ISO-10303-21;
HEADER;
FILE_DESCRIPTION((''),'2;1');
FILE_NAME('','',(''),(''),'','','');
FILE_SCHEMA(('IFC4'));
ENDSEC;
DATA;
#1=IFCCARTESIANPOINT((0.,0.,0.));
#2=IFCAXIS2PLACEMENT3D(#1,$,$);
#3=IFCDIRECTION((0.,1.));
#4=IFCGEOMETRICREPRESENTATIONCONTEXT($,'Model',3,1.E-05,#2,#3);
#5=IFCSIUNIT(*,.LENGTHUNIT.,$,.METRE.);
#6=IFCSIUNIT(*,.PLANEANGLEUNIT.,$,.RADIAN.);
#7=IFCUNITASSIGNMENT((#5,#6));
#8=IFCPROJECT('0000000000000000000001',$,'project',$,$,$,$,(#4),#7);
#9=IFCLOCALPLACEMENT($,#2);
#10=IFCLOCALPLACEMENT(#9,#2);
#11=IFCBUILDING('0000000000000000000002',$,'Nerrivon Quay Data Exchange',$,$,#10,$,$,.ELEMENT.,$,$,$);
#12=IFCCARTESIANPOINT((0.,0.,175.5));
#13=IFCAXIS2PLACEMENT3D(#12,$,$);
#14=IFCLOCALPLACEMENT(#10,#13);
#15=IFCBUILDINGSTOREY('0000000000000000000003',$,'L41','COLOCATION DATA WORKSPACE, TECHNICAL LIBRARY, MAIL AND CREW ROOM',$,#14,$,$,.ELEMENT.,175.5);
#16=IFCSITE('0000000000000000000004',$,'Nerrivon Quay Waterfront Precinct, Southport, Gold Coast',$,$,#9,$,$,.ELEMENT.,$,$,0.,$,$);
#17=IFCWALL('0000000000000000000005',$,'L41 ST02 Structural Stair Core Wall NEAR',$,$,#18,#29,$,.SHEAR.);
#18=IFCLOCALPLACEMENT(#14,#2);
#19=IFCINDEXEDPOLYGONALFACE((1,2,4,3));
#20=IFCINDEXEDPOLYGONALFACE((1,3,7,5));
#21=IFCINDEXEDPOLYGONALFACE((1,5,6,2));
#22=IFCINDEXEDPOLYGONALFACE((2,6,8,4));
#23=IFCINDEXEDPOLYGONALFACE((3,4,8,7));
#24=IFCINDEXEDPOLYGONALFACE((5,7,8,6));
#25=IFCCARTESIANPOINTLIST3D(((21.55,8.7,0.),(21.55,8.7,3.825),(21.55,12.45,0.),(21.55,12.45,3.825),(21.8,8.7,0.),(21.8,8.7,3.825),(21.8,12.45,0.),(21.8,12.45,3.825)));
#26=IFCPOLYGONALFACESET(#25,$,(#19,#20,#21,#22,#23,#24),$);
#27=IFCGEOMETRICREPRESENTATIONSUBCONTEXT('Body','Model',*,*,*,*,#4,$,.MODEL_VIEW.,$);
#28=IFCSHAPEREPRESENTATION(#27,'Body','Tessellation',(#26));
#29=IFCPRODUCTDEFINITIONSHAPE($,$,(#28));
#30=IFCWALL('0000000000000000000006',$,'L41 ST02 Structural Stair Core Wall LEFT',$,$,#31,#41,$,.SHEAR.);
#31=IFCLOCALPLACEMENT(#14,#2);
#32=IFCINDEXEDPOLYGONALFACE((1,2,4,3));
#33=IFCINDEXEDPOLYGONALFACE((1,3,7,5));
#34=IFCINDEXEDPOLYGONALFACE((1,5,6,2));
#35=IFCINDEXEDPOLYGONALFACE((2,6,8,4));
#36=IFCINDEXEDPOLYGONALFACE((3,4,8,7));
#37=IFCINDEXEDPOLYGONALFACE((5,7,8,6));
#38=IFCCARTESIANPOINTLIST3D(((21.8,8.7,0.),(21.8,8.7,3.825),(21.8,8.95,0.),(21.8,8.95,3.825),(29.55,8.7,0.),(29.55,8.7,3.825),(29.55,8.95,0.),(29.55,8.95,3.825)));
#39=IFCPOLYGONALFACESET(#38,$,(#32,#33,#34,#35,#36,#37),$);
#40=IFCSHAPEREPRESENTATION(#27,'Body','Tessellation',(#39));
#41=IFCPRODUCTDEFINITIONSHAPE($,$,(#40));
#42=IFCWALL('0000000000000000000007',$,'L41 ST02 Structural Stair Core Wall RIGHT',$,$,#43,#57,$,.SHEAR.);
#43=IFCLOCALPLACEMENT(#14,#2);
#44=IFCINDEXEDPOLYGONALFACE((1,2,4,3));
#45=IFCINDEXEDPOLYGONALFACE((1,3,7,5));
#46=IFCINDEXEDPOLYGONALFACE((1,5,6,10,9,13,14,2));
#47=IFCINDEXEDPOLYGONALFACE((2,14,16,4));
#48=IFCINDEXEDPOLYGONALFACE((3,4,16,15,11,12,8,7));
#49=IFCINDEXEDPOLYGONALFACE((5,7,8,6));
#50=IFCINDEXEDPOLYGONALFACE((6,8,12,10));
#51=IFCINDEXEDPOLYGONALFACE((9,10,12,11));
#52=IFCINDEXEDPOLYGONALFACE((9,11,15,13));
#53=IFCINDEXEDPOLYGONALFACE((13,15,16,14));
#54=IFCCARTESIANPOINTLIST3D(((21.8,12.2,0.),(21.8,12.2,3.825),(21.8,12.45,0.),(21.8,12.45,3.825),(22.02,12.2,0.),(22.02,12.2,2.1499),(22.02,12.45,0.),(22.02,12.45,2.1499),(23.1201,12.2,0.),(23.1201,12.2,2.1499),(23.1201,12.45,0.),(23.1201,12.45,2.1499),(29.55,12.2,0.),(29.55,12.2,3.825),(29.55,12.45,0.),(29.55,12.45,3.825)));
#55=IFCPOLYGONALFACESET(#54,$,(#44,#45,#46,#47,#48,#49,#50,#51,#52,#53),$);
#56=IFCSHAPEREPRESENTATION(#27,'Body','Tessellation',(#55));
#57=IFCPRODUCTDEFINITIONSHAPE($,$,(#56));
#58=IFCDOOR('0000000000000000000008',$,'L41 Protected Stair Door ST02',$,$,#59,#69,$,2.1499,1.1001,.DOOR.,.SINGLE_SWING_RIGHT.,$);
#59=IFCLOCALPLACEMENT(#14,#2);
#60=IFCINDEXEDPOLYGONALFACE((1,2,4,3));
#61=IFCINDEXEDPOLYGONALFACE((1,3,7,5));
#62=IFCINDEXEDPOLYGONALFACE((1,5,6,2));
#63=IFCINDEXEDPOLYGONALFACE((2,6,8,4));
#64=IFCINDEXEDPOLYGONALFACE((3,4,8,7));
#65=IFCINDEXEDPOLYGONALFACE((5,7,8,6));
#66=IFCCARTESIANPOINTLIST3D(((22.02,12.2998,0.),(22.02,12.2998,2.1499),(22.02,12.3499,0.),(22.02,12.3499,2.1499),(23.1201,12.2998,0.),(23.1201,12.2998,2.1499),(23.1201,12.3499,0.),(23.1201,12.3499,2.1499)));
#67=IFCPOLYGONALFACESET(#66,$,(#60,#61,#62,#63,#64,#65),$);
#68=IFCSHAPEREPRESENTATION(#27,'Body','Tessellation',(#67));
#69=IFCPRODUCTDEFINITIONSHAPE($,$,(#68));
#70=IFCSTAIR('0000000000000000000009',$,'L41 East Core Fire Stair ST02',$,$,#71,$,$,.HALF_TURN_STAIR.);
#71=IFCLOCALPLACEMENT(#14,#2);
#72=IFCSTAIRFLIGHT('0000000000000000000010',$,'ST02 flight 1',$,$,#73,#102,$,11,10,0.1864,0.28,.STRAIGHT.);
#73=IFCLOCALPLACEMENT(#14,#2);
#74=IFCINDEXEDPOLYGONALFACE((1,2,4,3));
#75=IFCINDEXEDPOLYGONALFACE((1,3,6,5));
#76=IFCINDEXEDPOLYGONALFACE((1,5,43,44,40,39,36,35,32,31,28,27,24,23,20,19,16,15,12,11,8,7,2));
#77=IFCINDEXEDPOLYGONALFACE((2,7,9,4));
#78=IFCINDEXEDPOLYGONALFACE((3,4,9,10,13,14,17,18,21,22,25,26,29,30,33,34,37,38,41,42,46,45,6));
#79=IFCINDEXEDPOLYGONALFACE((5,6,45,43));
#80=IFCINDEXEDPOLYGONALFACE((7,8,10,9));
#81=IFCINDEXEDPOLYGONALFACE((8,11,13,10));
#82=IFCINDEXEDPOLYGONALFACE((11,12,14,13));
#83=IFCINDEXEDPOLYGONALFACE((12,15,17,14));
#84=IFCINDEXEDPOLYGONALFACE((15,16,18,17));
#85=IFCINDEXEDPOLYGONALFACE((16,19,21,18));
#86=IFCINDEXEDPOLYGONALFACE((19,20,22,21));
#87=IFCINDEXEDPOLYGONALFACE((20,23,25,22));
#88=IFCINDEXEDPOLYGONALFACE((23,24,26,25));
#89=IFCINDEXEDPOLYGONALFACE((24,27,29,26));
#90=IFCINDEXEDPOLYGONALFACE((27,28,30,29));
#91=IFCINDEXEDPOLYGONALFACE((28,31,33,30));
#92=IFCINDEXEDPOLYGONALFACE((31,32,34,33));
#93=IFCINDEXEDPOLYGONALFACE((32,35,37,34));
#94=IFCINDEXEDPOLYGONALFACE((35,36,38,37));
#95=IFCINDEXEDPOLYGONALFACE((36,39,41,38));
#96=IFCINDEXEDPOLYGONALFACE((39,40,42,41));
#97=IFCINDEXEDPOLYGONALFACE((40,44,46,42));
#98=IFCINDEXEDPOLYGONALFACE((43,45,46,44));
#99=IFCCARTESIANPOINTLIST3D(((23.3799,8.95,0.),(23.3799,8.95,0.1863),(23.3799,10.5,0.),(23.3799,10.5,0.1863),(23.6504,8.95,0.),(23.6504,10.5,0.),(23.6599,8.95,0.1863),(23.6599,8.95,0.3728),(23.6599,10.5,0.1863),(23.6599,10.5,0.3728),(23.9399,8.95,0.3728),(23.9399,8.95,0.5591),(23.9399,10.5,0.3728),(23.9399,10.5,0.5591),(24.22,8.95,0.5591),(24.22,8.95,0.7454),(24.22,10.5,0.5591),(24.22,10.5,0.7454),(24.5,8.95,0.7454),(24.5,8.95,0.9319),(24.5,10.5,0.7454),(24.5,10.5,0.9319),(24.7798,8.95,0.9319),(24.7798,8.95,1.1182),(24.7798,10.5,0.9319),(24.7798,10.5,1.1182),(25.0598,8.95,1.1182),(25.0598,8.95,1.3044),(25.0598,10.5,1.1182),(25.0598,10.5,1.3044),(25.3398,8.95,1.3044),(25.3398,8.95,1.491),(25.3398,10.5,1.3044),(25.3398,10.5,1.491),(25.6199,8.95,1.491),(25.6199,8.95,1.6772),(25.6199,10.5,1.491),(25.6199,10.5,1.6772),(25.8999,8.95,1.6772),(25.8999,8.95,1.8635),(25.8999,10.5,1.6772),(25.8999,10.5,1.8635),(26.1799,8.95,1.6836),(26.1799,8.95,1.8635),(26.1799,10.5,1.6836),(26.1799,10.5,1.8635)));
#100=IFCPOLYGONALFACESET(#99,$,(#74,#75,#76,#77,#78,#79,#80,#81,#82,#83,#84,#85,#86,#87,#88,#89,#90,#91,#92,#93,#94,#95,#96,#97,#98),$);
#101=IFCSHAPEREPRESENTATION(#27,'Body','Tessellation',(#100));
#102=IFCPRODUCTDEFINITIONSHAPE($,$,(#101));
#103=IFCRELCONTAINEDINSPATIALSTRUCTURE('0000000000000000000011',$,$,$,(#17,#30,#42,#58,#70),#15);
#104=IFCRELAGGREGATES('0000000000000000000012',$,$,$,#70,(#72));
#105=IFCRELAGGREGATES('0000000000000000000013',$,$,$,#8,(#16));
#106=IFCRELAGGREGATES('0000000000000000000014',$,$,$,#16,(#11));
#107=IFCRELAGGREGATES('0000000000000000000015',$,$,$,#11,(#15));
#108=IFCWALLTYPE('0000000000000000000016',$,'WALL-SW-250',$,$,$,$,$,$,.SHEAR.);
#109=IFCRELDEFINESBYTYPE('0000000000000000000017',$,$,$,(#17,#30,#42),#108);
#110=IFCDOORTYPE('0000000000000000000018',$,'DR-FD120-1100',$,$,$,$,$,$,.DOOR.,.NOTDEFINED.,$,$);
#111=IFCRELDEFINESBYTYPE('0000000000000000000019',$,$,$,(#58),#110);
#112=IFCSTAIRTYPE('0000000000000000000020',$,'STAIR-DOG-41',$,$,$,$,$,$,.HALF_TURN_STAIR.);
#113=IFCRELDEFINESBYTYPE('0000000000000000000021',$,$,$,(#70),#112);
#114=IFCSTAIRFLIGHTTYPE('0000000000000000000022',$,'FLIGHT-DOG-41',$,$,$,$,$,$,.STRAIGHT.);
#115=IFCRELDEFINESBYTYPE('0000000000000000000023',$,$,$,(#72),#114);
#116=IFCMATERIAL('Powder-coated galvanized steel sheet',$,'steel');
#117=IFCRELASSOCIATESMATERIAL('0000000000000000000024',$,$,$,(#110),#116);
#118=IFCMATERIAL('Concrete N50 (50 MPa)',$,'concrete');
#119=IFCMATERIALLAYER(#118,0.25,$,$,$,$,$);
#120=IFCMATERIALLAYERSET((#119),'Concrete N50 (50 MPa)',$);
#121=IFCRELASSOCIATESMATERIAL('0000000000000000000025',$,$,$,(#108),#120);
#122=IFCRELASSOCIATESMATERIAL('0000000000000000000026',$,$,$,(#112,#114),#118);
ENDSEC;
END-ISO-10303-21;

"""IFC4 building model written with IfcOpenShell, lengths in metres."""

from ifc_helpers import new_model, si_unit, direction, frame, frame_2d, origin, place, context, subcontext, project, spatial, polyline, rectangle, outline, extrude, material, layer, layer_set, type_object, element, fill, aggregate, save


model = new_model("IFC4")

# Units and contexts
model_context = context("Model", 3, precision=1e-05, world=origin(), true_north=direction((0.0, 1.0)))
body_context = subcontext(model_context, "Body", "Model", "MODEL_VIEW")
ifc_project = project(units=[si_unit("LENGTHUNIT", "METRE"), si_unit("PLANEANGLEUNIT", "RADIAN")], contexts=[model_context])

# Site, building, storey
site_placement = place(None, origin())
site = spatial("IfcSite", under=ifc_project, at=site_placement, Name="Nerrivon Quay Waterfront Precinct, Southport, Gold Coast", CompositionType="ELEMENT", RefElevation=0.0)
building_placement = place(site_placement, origin())
building = spatial("IfcBuilding", under=site, at=building_placement, Name="Nerrivon Quay Data Exchange", CompositionType="ELEMENT")
storey_placement = place(building_placement, frame((0.0, 0.0, 175.5)))
storey = spatial("IfcBuildingStorey", under=building, at=storey_placement, Name="L41", Description="COLOCATION DATA WORKSPACE, TECHNICAL LIBRARY, MAIL AND CREW ROOM", CompositionType="ELEMENT", Elevation=175.5)

# Shared definitions
ifc_material_1 = material(Name="Concrete N50 (50 MPa)", Category="concrete")

# Shared definitions
ifc_material_2 = material(Name="Powder-coated galvanized steel sheet", Category="steel")
door_type_1 = type_object("IfcDoorType", Name="DR-FD120-1100", OperationType="NOTDEFINED", PredefinedType="DOOR", material=ifc_material_2)

# Walls
ifc_layer_1 = layer(ifc_material_1, 0.25)
ifc_layer_set_1 = layer_set([ifc_layer_1], Name="Concrete N50 (50 MPa)")
wall_type_1 = type_object("IfcWallType", Name="WALL-SW-250", PredefinedType="SHEAR", material=ifc_layer_set_1)
wall_1_placement = place(storey_placement, frame((21.675, 8.7, 0.0), z_axis=(0.0, 0.0, 1.0), x_axis=(0.0, 1.0, 0.0)))
element("IfcWall", 1, at=wall_1_placement, inside=storey, type_object=wall_type_1, Name="L41 ST02 Structural Stair Core Wall NEAR", PredefinedType="SHEAR", context=body_context, shape_type="SweptSolid", body=[
    extrude(rectangle(XDim=3.75, YDim=0.25, at=frame_2d((1.875, 0.0))), origin(), (0.0, 0.0, 1.0), 3.825),
])
wall_2_placement = place(storey_placement, frame((21.8, 8.825, 0.0), z_axis=(0.0, 0.0, 1.0), x_axis=(1.0, 0.0, 0.0)))
element("IfcWall", 2, at=wall_2_placement, inside=storey, type_object=wall_type_1, Name="L41 ST02 Structural Stair Core Wall LEFT", PredefinedType="SHEAR", context=body_context, shape_type="SweptSolid", body=[
    extrude(rectangle(XDim=7.75, YDim=0.25, at=frame_2d((3.875, 0.0))), origin(), (0.0, 0.0, 1.0), 3.825),
])

# Wall, opening, door
wall_3_placement = place(storey_placement, frame((21.8, 12.325, 0.0), z_axis=(0.0, 0.0, 1.0), x_axis=(1.0, 0.0, 0.0)))
wall_3 = element("IfcWall", 3, at=wall_3_placement, inside=storey, type_object=wall_type_1, Name="L41 ST02 Structural Stair Core Wall RIGHT", PredefinedType="SHEAR", context=body_context, shape_type="SweptSolid", body=[
    extrude(rectangle(XDim=7.75, YDim=0.25, at=frame_2d((3.875, 0.0))), origin(), (0.0, 0.0, 1.0), 3.825),
])
opening_1_placement = place(wall_3_placement, frame((0.22, 0.0, 0.0)))
opening_1 = element("IfcOpeningElement", 4, at=opening_1_placement, cuts=wall_3, PredefinedType="OPENING", context=body_context, shape_type="SweptSolid", body=[
    extrude(rectangle(XDim=1.1001, YDim=2.1499, at=frame_2d((0.55, 1.075))), frame((0.0, 0.135, 0.0), z_axis=(0.0, -1.0, 0.0), x_axis=(1.0, 0.0, 0.0)), (0.0, 0.0, 1.0), 0.27),
])
door_1_placement = place(opening_1_placement, origin())
door_1 = element("IfcDoor", 5, at=door_1_placement, inside=storey, type_object=door_type_1, Name="L41 Protected Stair Door ST02", OperationType="SINGLE_SWING_RIGHT", OverallHeight=2.1499, OverallWidth=1.1001, PredefinedType="DOOR", context=body_context, shape_type="SweptSolid", body=[
    extrude(rectangle(XDim=1.1001, YDim=2.1499, at=frame_2d((0.55, 1.075))), frame((0.0, 0.0249, 0.0), z_axis=(0.0, -1.0, 0.0), x_axis=(1.0, 0.0, 0.0)), (0.0, 0.0, 1.0), 0.05),
])
fill(opening_1, door_1)

# Stair, stair flight
stair_type = type_object("IfcStairType", Name="STAIR-DOG-41", PredefinedType="HALF_TURN_STAIR", material=ifc_material_1)
stair_placement = place(storey_placement, origin())
stair = element("IfcStair", 6, at=stair_placement, inside=storey, type_object=stair_type, Name="L41 East Core Fire Stair ST02", PredefinedType="HALF_TURN_STAIR")
stair_flight_type = type_object("IfcStairFlightType", Name="FLIGHT-DOG-41", PredefinedType="STRAIGHT", material=ifc_material_1)
stair_flight_placement = place(storey_placement, frame((23.3799, 9.7251, 0.0), z_axis=(0.0, 0.0, 1.0), x_axis=(1.0, 0.0, 0.0)))
stair_flight = element("IfcStairFlight", 7, at=stair_flight_placement, type_object=stair_flight_type, Name="ST02 flight 1", NumberOfRisers=11, NumberOfTreads=10, PredefinedType="STRAIGHT", RiserHeight=0.1864, TreadLength=0.28, context=body_context, shape_type="SweptSolid", body=[
    extrude(outline(polyline([(0.0, 0.0), (0.0, 0.1863), (0.28, 0.1863), (0.28, 0.3728), (0.5601, 0.3728), (0.5601, 0.5591), (0.8401, 0.5591), (0.8401, 0.7454), (1.1201, 0.7454), (1.1201, 0.9319), (1.3999, 0.9319), (1.3999, 1.1182), (1.6799, 1.1182), (1.6799, 1.3044), (1.96, 1.3044), (1.96, 1.491), (2.24, 1.491), (2.24, 1.6772), (2.52, 1.6772), (2.52, 1.8635), (2.8, 1.8635), (2.8, 2.05), (2.8, 1.6836), (0.2705, 0.0), (0.0, 0.0)])), frame((0.0, 0.7749, 0.0), z_axis=(0.0, -1.0, 0.0), x_axis=(1.0, 0.0, 0.0)), (0.0, 0.0, 1.0), 1.55),
])
aggregate(stair, [stair_flight])

save(model, "model.ifc")
